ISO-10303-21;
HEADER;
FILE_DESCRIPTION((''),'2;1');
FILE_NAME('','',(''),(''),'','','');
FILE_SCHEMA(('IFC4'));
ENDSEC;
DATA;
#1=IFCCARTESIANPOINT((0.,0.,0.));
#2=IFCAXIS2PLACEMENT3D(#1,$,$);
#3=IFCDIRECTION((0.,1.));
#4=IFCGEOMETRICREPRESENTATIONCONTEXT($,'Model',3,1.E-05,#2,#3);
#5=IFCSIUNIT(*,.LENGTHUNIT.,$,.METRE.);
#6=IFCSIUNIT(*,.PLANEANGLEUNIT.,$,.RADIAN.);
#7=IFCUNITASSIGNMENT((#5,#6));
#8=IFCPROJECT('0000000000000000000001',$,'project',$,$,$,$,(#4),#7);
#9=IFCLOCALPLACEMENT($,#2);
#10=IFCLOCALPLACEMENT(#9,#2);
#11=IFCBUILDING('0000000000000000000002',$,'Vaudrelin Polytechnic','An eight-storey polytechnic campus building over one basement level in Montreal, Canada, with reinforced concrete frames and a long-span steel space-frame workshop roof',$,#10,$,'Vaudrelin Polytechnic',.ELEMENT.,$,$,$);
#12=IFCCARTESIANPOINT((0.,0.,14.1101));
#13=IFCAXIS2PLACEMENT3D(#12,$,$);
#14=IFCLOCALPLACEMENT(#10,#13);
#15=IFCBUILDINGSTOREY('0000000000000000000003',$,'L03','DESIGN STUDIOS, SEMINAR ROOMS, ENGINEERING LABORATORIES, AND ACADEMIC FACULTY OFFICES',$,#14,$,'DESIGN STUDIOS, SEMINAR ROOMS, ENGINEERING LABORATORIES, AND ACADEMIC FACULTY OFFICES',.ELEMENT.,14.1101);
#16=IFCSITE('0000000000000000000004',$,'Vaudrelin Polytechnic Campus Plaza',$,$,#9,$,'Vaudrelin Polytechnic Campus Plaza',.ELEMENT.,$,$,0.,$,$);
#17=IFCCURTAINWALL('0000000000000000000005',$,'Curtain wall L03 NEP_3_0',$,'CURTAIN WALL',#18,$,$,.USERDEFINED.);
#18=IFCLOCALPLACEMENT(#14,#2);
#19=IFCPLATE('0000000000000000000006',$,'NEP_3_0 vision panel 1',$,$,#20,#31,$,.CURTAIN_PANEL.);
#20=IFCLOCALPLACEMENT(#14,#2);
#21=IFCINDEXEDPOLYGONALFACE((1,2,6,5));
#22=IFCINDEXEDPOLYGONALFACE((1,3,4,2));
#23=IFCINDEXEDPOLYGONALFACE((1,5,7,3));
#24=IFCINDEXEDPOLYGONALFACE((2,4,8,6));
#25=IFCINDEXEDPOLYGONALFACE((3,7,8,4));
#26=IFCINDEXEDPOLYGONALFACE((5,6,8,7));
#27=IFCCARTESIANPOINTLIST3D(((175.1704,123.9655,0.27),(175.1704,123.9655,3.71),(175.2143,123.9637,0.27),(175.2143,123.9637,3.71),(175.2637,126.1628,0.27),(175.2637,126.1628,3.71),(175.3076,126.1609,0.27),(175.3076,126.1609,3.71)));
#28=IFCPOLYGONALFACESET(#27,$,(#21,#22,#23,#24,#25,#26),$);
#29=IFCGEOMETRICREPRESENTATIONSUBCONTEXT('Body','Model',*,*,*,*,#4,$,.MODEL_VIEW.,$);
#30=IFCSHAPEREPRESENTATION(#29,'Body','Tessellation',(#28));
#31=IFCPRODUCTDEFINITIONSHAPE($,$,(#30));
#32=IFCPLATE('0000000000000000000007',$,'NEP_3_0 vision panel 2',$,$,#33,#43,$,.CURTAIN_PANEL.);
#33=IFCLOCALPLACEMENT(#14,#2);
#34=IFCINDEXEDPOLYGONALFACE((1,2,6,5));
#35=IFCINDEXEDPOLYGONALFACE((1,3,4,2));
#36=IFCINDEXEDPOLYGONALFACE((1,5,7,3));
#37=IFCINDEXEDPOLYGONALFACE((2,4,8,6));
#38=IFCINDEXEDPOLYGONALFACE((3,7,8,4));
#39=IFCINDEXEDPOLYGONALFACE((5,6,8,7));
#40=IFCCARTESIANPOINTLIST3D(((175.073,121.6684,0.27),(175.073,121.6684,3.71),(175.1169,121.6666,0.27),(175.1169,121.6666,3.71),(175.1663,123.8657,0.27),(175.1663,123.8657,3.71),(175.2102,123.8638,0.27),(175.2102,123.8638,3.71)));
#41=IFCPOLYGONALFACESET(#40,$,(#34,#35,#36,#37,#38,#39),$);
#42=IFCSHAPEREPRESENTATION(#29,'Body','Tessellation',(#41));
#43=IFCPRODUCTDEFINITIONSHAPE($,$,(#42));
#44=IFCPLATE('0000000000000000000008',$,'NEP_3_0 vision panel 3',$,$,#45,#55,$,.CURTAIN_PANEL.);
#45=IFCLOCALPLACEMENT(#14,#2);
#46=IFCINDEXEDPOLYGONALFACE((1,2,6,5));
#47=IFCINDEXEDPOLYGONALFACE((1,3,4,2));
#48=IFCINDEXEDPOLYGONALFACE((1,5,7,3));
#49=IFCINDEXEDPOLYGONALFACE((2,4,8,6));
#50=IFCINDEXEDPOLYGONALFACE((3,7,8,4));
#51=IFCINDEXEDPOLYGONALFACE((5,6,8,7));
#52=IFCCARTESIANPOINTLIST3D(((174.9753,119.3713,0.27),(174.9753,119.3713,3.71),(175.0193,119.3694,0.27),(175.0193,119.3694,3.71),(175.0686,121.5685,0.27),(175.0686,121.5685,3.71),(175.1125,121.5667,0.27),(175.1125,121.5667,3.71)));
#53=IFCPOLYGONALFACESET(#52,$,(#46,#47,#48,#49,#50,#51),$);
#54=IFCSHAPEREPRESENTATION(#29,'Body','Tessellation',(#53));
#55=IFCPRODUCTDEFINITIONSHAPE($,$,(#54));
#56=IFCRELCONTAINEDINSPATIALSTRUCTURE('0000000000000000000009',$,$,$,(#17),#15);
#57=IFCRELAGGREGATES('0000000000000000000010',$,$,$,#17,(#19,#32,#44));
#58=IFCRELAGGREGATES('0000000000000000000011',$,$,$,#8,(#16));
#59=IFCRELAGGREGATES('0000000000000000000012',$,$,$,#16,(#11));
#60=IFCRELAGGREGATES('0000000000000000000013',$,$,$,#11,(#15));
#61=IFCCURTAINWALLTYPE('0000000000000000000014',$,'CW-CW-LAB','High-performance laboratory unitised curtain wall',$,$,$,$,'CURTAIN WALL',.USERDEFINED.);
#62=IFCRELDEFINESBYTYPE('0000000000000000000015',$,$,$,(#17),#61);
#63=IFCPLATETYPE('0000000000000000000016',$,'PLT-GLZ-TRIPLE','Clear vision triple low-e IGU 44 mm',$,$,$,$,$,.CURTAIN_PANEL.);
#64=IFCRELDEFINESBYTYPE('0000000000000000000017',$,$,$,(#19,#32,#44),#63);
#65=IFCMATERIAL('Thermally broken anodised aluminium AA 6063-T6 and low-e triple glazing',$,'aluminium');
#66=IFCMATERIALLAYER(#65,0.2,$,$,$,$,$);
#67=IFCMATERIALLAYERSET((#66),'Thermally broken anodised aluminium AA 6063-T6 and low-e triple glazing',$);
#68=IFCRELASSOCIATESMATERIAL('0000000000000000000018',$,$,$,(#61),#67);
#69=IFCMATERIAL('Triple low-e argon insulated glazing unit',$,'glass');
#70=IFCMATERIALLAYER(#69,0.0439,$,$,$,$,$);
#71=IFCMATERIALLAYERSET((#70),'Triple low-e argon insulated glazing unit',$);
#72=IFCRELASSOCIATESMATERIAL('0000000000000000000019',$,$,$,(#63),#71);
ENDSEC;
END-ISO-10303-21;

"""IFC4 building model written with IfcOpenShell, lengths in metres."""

from ifc_helpers import new_model, si_unit, direction, frame, origin, origin_2d, place, context, subcontext, project, spatial, rectangle, extrude, material, layer, layer_set, type_object, element, aggregate, save


model = new_model("IFC4")

# Units and contexts
model_context = context("Model", 3, precision=1e-05, world=origin(), true_north=direction((0.0, 1.0)))
body_context = subcontext(model_context, "Body", "Model", "MODEL_VIEW")
ifc_project = project(units=[si_unit("LENGTHUNIT", "METRE"), si_unit("PLANEANGLEUNIT", "RADIAN")], contexts=[model_context])

# Site, building, storey
site_placement = place(None, origin())
site = spatial("IfcSite", under=ifc_project, at=site_placement, Name="Vaudrelin Polytechnic Campus Plaza", LongName="Vaudrelin Polytechnic Campus Plaza", CompositionType="ELEMENT", RefElevation=0.0)
building_placement = place(site_placement, origin())
building = spatial("IfcBuilding", under=site, at=building_placement, Name="Vaudrelin Polytechnic", Description="An eight-storey polytechnic campus building over one basement level in Montreal, Canada, with reinforced concrete frames and a long-span steel space-frame workshop roof", LongName="Vaudrelin Polytechnic", CompositionType="ELEMENT")
storey_placement = place(building_placement, frame((0.0, 0.0, 14.1101)))
storey = spatial("IfcBuildingStorey", under=building, at=storey_placement, Name="L03", Description="DESIGN STUDIOS, SEMINAR ROOMS, ENGINEERING LABORATORIES, AND ACADEMIC FACULTY OFFICES", LongName="DESIGN STUDIOS, SEMINAR ROOMS, ENGINEERING LABORATORIES, AND ACADEMIC FACULTY OFFICES", CompositionType="ELEMENT", Elevation=14.1101)

# Shared definitions
ifc_material_1 = material(Name="Thermally broken anodised aluminium AA 6063-T6 and low-e triple glazing", Category="aluminium")
ifc_layer_1 = layer(ifc_material_1, 0.2)
ifc_layer_set_1 = layer_set([ifc_layer_1], Name="Thermally broken anodised aluminium AA 6063-T6 and low-e triple glazing")
curtain_wall_type = type_object("IfcCurtainWallType", Name="CW-CW-LAB", Description="High-performance laboratory unitised curtain wall", ElementType="CURTAIN WALL", PredefinedType="USERDEFINED", material=ifc_layer_set_1)

# Curtain wall
curtain_wall_1_placement = place(storey_placement, origin())
curtain_wall_1 = element("IfcCurtainWall", 1, at=curtain_wall_1_placement, inside=storey, type_object=curtain_wall_type, Name="Curtain wall L03 NEP_3_0", ObjectType="CURTAIN WALL", PredefinedType="USERDEFINED")

# Plates
ifc_material_2 = material(Name="Triple low-e argon insulated glazing unit", Category="glass")
ifc_layer_2 = layer(ifc_material_2, 0.0439)
ifc_layer_set_2 = layer_set([ifc_layer_2], Name="Triple low-e argon insulated glazing unit")
plate_type_1 = type_object("IfcPlateType", Name="PLT-GLZ-TRIPLE", Description="Clear vision triple low-e IGU 44 mm", PredefinedType="CURTAIN_PANEL", material=ifc_layer_set_2)
plate_1_placement = place(storey_placement, frame((175.239, 125.0632, 0.27), z_axis=(0.0, 0.0, 1.0), x_axis=(-0.04242, -0.9991, 0.0)))
plate_1 = element("IfcPlate", 2, at=plate_1_placement, type_object=plate_type_1, Name="NEP_3_0 vision panel 1", PredefinedType="CURTAIN_PANEL", context=body_context, shape_type="SweptSolid", body=[
    extrude(rectangle(XDim=2.1992, YDim=0.0439, at=origin_2d()), origin(), (0.0, 0.0, 1.0), 3.4399),
])
plate_2_placement = place(storey_placement, frame((175.1416, 122.7661, 0.27), z_axis=(0.0, 0.0, 1.0), x_axis=(-0.04242, -0.9991, 0.0)))
plate_2 = element("IfcPlate", 3, at=plate_2_placement, type_object=plate_type_1, Name="NEP_3_0 vision panel 2", PredefinedType="CURTAIN_PANEL", context=body_context, shape_type="SweptSolid", body=[
    extrude(rectangle(XDim=2.1992, YDim=0.0439, at=origin_2d()), origin(), (0.0, 0.0, 1.0), 3.4399),
])
plate_3_placement = place(storey_placement, frame((175.0439, 120.469, 0.27), z_axis=(0.0, 0.0, 1.0), x_axis=(-0.04242, -0.9991, 0.0)))
plate_3 = element("IfcPlate", 4, at=plate_3_placement, type_object=plate_type_1, Name="NEP_3_0 vision panel 3", PredefinedType="CURTAIN_PANEL", context=body_context, shape_type="SweptSolid", body=[
    extrude(rectangle(XDim=2.1992, YDim=0.0439, at=origin_2d()), origin(), (0.0, 0.0, 1.0), 3.4399),
])
aggregate(curtain_wall_1, [plate_1, plate_2, plate_3])

save(model, "model.ifc")
